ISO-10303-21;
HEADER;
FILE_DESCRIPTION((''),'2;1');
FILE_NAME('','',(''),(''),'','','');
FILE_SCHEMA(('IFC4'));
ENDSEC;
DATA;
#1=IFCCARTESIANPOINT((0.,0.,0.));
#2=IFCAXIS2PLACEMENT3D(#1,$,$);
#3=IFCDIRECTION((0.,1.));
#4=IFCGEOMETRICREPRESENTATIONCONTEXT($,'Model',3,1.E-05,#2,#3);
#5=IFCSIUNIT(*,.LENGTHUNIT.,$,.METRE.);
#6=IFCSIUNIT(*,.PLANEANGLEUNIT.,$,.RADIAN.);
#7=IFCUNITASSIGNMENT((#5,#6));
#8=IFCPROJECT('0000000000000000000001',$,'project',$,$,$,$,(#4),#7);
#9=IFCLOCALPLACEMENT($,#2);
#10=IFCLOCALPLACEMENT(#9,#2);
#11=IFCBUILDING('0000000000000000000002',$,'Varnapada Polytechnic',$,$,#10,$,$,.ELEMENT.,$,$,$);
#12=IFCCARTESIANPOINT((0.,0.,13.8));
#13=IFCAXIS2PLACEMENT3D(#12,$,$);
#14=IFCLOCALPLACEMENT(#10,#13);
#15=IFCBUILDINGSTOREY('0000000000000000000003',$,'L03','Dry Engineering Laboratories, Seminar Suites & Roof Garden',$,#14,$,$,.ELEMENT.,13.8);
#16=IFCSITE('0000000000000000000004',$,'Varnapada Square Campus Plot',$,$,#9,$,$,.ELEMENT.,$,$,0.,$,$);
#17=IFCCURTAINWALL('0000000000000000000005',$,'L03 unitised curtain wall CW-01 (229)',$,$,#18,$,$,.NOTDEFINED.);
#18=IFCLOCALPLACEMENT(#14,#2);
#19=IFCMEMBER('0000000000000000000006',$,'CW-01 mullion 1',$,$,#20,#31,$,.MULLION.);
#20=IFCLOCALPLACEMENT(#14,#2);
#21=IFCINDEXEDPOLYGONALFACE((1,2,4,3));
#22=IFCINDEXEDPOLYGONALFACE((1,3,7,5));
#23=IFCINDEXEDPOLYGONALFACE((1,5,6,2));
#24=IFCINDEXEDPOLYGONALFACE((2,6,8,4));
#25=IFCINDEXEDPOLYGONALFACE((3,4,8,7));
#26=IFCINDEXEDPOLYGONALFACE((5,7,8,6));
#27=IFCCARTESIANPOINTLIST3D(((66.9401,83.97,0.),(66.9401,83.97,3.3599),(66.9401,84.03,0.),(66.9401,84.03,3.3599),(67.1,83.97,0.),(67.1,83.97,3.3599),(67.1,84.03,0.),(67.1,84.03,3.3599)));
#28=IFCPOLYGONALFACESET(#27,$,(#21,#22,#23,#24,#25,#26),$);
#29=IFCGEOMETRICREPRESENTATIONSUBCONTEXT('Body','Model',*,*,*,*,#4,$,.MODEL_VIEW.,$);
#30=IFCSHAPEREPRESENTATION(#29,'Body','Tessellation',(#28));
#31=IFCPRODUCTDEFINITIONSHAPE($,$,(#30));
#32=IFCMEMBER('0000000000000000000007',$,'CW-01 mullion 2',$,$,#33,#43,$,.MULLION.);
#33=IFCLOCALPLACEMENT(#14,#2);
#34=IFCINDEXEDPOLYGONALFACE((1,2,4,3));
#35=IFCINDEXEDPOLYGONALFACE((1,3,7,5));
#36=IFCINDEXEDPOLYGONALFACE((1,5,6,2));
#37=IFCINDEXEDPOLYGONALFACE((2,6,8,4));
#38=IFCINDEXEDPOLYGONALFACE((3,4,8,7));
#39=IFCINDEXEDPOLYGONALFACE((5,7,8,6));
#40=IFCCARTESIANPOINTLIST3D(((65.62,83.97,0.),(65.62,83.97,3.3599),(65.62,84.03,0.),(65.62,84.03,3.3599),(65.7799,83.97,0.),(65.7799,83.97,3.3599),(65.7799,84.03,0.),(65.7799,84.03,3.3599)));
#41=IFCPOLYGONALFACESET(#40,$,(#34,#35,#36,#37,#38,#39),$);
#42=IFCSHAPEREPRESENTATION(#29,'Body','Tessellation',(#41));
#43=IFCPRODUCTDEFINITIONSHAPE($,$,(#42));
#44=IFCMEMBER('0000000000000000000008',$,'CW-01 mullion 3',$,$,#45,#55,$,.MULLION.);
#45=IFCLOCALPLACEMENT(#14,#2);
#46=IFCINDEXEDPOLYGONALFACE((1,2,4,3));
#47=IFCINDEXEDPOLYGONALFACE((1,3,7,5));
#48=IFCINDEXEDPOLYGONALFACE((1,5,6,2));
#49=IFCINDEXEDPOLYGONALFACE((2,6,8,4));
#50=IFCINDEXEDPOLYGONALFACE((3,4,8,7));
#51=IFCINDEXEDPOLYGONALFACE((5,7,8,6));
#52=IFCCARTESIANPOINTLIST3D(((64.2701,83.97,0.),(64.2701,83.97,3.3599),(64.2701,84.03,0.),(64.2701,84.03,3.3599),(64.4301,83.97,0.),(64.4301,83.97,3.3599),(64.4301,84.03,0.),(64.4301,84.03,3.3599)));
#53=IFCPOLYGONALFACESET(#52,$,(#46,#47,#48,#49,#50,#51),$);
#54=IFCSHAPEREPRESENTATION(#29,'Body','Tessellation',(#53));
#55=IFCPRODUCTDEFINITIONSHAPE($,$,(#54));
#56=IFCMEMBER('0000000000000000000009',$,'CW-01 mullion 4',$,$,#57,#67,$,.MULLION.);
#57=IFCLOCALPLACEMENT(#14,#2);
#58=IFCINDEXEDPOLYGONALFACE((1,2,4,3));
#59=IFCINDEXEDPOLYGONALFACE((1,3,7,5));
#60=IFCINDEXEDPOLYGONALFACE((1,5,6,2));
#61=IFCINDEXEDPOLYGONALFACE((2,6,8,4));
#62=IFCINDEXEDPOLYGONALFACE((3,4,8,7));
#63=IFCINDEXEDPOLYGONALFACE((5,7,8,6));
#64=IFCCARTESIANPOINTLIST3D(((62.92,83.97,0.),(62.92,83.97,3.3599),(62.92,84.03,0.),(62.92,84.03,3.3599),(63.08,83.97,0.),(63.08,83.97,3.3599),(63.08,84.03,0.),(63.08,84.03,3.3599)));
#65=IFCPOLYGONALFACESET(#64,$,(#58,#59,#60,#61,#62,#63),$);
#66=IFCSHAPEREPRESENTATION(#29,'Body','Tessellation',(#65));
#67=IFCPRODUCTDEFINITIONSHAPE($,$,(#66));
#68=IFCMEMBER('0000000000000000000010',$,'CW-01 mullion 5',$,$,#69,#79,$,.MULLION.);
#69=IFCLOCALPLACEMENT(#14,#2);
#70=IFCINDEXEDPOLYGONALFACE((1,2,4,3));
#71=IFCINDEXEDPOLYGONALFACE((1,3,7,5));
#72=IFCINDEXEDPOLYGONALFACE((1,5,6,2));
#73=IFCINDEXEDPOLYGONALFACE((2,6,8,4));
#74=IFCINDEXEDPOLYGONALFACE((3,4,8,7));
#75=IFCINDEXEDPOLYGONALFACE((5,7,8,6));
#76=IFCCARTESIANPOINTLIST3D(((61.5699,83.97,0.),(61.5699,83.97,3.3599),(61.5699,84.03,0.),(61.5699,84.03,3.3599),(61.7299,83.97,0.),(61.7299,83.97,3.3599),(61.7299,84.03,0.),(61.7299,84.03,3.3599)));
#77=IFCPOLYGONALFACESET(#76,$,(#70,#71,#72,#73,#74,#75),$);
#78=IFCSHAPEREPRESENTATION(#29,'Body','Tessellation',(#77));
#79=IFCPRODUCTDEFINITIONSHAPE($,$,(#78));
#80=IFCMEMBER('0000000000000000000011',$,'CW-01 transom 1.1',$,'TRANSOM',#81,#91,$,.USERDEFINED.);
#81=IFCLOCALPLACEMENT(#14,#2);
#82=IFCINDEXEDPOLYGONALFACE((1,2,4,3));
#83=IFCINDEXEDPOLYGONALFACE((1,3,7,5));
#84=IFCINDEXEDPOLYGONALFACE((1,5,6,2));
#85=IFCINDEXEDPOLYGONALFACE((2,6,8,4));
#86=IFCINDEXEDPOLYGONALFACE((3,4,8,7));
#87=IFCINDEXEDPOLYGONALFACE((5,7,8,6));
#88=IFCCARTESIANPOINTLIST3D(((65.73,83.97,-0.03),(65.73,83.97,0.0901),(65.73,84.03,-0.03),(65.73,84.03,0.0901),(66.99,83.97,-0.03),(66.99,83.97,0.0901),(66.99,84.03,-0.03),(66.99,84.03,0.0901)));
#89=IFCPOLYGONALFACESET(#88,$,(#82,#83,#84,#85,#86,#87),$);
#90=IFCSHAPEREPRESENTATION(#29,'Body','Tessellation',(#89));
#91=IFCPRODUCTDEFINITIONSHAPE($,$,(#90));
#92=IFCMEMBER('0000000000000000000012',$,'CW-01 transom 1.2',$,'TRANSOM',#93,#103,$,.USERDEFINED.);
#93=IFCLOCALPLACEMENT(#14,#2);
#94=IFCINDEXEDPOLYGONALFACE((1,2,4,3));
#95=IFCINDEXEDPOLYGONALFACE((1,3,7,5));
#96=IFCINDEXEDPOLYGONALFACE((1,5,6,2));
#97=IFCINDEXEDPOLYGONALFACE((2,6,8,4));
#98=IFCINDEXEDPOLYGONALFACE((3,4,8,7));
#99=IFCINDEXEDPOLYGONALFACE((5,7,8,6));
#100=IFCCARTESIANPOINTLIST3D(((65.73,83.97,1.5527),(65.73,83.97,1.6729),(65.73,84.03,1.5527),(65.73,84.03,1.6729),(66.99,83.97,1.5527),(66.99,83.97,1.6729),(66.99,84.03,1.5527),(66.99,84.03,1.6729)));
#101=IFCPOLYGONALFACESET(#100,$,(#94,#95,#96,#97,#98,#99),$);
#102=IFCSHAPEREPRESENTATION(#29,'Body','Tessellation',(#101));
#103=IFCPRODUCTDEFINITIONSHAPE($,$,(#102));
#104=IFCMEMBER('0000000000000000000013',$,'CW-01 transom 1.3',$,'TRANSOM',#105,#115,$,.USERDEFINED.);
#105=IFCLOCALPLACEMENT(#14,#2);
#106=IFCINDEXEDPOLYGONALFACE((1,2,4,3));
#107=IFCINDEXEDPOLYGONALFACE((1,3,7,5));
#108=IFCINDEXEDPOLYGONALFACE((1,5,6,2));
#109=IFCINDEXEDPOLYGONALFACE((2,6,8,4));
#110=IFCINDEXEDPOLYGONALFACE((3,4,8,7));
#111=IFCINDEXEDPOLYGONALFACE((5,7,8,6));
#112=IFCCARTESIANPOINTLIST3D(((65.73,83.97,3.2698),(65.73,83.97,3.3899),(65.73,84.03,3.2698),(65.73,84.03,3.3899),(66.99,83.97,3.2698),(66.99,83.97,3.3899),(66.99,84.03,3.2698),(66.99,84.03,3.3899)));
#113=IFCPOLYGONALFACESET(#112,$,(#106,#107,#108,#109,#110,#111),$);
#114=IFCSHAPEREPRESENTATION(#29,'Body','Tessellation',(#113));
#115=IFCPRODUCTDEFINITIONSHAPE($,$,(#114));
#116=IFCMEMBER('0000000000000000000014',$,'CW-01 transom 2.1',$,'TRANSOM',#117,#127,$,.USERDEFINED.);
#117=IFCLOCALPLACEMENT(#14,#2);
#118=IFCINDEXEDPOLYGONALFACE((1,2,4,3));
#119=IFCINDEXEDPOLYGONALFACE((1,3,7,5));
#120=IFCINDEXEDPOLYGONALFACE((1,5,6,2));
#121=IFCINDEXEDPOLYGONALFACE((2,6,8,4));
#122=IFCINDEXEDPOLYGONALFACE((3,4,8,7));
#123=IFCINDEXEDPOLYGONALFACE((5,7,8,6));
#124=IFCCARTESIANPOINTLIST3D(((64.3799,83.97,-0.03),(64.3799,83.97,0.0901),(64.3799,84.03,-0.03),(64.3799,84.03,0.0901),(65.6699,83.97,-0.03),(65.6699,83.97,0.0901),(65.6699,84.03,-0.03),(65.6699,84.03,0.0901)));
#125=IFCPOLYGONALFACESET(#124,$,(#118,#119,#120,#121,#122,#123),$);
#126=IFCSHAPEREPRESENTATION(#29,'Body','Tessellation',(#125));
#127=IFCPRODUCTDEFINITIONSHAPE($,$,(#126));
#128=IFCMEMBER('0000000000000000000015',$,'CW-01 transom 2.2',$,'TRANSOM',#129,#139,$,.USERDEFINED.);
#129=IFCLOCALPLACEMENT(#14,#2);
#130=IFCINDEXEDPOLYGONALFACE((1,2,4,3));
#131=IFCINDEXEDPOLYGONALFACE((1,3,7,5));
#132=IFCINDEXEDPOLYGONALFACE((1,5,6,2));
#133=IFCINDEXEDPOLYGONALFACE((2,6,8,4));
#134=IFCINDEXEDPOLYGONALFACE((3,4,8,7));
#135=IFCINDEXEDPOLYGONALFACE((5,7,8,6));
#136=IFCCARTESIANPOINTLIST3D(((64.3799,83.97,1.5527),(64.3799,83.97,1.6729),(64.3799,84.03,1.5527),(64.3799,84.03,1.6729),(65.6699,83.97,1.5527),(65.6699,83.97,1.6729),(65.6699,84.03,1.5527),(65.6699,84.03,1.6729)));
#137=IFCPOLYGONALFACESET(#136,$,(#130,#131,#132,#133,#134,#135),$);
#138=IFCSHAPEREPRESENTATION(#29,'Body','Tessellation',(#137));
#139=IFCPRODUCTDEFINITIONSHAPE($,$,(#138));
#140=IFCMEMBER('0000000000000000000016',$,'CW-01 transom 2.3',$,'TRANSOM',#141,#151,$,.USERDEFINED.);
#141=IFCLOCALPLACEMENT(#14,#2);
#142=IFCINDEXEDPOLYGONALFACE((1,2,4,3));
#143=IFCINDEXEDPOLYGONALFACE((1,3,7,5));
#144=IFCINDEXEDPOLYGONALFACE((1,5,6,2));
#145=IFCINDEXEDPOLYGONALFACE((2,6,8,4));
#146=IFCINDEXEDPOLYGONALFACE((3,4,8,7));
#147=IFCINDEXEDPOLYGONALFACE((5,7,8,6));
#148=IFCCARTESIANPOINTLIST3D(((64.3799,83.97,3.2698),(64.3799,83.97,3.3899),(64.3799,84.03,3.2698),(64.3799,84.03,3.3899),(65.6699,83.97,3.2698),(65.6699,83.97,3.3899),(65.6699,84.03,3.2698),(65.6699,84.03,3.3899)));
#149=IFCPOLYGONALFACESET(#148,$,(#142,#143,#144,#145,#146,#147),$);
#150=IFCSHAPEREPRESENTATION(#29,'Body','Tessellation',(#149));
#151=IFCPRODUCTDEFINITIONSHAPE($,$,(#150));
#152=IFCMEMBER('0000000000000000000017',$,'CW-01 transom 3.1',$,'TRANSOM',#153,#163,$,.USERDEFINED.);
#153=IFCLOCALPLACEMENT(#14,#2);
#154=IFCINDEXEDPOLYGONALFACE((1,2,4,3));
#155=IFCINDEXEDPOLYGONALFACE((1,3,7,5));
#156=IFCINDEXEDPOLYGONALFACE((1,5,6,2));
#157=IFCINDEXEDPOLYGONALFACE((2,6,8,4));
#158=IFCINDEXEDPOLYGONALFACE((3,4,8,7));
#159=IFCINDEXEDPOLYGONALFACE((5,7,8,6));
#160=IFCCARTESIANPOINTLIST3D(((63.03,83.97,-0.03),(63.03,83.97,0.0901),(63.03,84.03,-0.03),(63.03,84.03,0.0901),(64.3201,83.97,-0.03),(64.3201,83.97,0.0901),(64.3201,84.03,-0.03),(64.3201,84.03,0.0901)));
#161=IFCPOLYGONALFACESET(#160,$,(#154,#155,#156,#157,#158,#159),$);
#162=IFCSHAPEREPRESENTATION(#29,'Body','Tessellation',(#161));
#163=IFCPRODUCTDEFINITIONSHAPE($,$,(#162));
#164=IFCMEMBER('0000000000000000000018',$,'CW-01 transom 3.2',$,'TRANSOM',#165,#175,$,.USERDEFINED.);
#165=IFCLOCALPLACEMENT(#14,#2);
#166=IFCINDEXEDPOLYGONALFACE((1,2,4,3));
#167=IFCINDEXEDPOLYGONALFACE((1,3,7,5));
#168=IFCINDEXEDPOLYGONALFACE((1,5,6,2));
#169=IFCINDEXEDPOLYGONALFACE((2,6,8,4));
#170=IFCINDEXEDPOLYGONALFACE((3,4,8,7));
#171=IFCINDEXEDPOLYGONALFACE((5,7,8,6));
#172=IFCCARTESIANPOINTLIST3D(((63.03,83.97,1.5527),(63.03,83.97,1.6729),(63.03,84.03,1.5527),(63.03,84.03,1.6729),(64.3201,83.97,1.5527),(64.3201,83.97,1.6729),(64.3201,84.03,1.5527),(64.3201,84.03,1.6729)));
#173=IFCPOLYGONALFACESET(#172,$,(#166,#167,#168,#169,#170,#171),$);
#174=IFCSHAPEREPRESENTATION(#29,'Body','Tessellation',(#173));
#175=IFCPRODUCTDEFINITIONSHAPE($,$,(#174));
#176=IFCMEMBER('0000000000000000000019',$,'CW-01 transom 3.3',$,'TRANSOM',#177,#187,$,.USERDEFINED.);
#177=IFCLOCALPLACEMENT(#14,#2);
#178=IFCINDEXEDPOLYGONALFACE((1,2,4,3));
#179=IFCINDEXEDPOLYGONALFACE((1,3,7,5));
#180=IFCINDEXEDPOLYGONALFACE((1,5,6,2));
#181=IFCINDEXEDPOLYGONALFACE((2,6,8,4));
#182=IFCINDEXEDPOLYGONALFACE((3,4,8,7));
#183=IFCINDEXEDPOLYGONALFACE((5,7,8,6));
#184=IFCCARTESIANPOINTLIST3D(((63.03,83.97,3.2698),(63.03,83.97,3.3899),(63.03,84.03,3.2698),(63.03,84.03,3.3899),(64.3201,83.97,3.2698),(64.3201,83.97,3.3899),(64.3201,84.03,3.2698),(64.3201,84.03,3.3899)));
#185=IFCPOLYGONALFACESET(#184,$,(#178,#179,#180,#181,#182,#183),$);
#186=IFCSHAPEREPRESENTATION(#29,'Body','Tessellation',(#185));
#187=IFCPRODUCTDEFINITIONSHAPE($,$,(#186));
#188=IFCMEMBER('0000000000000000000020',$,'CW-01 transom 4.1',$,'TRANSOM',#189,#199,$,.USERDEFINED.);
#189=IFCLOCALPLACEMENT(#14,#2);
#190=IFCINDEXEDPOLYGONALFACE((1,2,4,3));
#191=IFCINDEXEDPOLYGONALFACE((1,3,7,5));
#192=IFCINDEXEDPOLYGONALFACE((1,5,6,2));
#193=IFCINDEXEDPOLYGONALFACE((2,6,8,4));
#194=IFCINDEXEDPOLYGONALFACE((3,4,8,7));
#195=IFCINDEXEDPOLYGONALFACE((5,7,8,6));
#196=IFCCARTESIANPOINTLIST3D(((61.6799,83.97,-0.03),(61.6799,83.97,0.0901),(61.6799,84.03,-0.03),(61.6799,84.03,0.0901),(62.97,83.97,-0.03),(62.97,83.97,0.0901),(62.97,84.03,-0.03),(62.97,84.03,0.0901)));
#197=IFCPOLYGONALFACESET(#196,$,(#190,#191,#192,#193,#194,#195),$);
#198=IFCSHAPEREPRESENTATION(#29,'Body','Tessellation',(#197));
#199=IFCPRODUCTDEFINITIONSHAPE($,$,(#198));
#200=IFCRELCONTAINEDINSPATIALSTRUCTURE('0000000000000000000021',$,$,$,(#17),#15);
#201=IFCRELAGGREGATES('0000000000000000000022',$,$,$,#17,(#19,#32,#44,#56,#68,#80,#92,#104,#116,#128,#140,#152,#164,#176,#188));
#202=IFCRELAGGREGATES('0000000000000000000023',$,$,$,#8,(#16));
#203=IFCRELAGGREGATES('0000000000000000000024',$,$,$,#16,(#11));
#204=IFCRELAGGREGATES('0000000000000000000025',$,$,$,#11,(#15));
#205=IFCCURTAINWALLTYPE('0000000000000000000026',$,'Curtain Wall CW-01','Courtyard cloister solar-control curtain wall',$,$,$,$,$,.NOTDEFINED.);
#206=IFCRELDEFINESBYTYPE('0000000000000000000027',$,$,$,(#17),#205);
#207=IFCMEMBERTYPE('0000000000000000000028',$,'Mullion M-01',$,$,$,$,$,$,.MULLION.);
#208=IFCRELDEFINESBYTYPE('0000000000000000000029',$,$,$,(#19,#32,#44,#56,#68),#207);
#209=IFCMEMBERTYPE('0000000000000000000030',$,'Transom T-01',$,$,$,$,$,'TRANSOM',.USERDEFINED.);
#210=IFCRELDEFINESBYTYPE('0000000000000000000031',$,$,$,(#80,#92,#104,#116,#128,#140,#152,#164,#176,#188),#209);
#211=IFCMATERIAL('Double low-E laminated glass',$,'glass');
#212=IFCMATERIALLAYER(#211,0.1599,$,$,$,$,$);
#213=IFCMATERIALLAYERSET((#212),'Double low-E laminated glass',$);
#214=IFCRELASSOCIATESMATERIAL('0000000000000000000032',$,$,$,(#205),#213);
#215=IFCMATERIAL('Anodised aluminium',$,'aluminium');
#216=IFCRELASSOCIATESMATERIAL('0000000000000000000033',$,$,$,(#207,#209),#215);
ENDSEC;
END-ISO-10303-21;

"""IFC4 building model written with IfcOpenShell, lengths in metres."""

from ifc_helpers import new_model, si_unit, direction, frame, origin, origin_2d, place, context, subcontext, project, spatial, rectangle, extrude, material, layer, layer_set, material_profile, profile_set, type_object, element, aggregate, save


model = new_model("IFC4")

# Units and contexts
model_context = context("Model", 3, precision=1e-05, world=origin(), true_north=direction((0.0, 1.0)))
body_context = subcontext(model_context, "Body", "Model", "MODEL_VIEW")
ifc_project = project(units=[si_unit("LENGTHUNIT", "METRE"), si_unit("PLANEANGLEUNIT", "RADIAN")], contexts=[model_context])

# Site, building, storey
site_placement = place(None, origin())
site = spatial("IfcSite", under=ifc_project, at=site_placement, Name="Varnapada Square Campus Plot", CompositionType="ELEMENT", RefElevation=0.0)
building_placement = place(site_placement, origin())
building = spatial("IfcBuilding", under=site, at=building_placement, Name="Varnapada Polytechnic", CompositionType="ELEMENT")
storey_placement = place(building_placement, frame((0.0, 0.0, 13.8)))
storey = spatial("IfcBuildingStorey", under=building, at=storey_placement, Name="L03", Description="Dry Engineering Laboratories, Seminar Suites & Roof Garden", CompositionType="ELEMENT", Elevation=13.8)

# Curtain wall, members
ifc_material_1 = material(Name="Double low-E laminated glass", Category="glass")
ifc_layer_1 = layer(ifc_material_1, 0.1599)
ifc_layer_set_1 = layer_set([ifc_layer_1], Name="Double low-E laminated glass")
curtain_wall_type = type_object("IfcCurtainWallType", Name="Curtain Wall CW-01", Description="Courtyard cloister solar-control curtain wall", PredefinedType="NOTDEFINED", material=ifc_layer_set_1)
curtain_wall_placement = place(storey_placement, origin())
curtain_wall = element("IfcCurtainWall", 1, at=curtain_wall_placement, inside=storey, type_object=curtain_wall_type, Name="L03 unitised curtain wall CW-01 (229)", PredefinedType="NOTDEFINED")
ifc_material_2 = material(Name="Anodised aluminium", Category="aluminium")
ifc_material_profile_1 = material_profile(ifc_material_2, rectangle(XDim=0.0601, YDim=0.1599, at=origin_2d()), Name="ALU M60x160")
ifc_profile_set_1 = profile_set([ifc_material_profile_1], Name="Anodised aluminium")
member_type_1 = type_object("IfcMemberType", Name="Mullion M-01", PredefinedType="MULLION", material=ifc_profile_set_1)
member_1_placement = place(storey_placement, frame((67.02, 84.0, 0.0), z_axis=(0.0, 0.0, 1.0), x_axis=(0.0, -1.0, 0.0)))
member_1 = element("IfcMember", 2, at=member_1_placement, type_object=member_type_1, Name="CW-01 mullion 1", PredefinedType="MULLION", context=body_context, shape_type="SweptSolid", body=[
    extrude(rectangle(XDim=0.0601, YDim=0.1599, at=origin_2d()), origin(), (0.0, 0.0, 1.0), 3.3599),
])
member_2_placement = place(storey_placement, frame((65.7, 84.0, 0.0), z_axis=(0.0, 0.0, 1.0), x_axis=(0.0, -1.0, 0.0)))
member_2 = element("IfcMember", 3, at=member_2_placement, type_object=member_type_1, Name="CW-01 mullion 2", PredefinedType="MULLION", context=body_context, shape_type="SweptSolid", body=[
    extrude(rectangle(XDim=0.0601, YDim=0.1599, at=origin_2d()), origin(), (0.0, 0.0, 1.0), 3.3599),
])
member_3_placement = place(storey_placement, frame((64.3501, 84.0, 0.0), z_axis=(0.0, 0.0, 1.0), x_axis=(0.0, -1.0, 0.0)))
member_3 = element("IfcMember", 4, at=member_3_placement, type_object=member_type_1, Name="CW-01 mullion 3", PredefinedType="MULLION", context=body_context, shape_type="SweptSolid", body=[
    extrude(rectangle(XDim=0.0601, YDim=0.1599, at=origin_2d()), origin(), (0.0, 0.0, 1.0), 3.3599),
])
member_4_placement = place(storey_placement, frame((63.0, 84.0, 0.0), z_axis=(0.0, 0.0, 1.0), x_axis=(0.0, -1.0, 0.0)))
member_4 = element("IfcMember", 5, at=member_4_placement, type_object=member_type_1, Name="CW-01 mullion 4", PredefinedType="MULLION", context=body_context, shape_type="SweptSolid", body=[
    extrude(rectangle(XDim=0.0601, YDim=0.1599, at=origin_2d()), origin(), (0.0, 0.0, 1.0), 3.3599),
])
member_5_placement = place(storey_placement, frame((61.6499, 84.0, 0.0), z_axis=(0.0, 0.0, 1.0), x_axis=(0.0, -1.0, 0.0)))
member_5 = element("IfcMember", 6, at=member_5_placement, type_object=member_type_1, Name="CW-01 mullion 5", PredefinedType="MULLION", context=body_context, shape_type="SweptSolid", body=[
    extrude(rectangle(XDim=0.0601, YDim=0.1599, at=origin_2d()), origin(), (0.0, 0.0, 1.0), 3.3599),
])
ifc_material_profile_2 = material_profile(ifc_material_2, rectangle(XDim=0.0601, YDim=0.1201, at=origin_2d()), Name="ALU T60x120")
ifc_profile_set_2 = profile_set([ifc_material_profile_2], Name="Anodised aluminium")
member_type_2 = type_object("IfcMemberType", Name="Transom T-01", ElementType="TRANSOM", PredefinedType="USERDEFINED", material=ifc_profile_set_2)
member_6_placement = place(storey_placement, frame((66.99, 84.0, 0.03), z_axis=(-1.0, 0.0, 0.0), x_axis=(0.0, -1.0, 0.0)))
member_6 = element("IfcMember", 7, at=member_6_placement, type_object=member_type_2, Name="CW-01 transom 1.1", ObjectType="TRANSOM", PredefinedType="USERDEFINED", context=body_context, shape_type="SweptSolid", body=[
    extrude(rectangle(XDim=0.0601, YDim=0.1201, at=origin_2d()), origin(), (0.0, 0.0, 1.0), 1.26),
])
member_7_placement = place(storey_placement, frame((66.99, 84.0, 1.6128), z_axis=(-1.0, 0.0, 0.0), x_axis=(0.0, -1.0, 0.0)))
member_7 = element("IfcMember", 8, at=member_7_placement, type_object=member_type_2, Name="CW-01 transom 1.2", ObjectType="TRANSOM", PredefinedType="USERDEFINED", context=body_context, shape_type="SweptSolid", body=[
    extrude(rectangle(XDim=0.0601, YDim=0.1201, at=origin_2d()), origin(), (0.0, 0.0, 1.0), 1.26),
])
member_8_placement = place(storey_placement, frame((66.99, 84.0, 3.3298), z_axis=(-1.0, 0.0, 0.0), x_axis=(0.0, -1.0, 0.0)))
member_8 = element("IfcMember", 9, at=member_8_placement, type_object=member_type_2, Name="CW-01 transom 1.3", ObjectType="TRANSOM", PredefinedType="USERDEFINED", context=body_context, shape_type="SweptSolid", body=[
    extrude(rectangle(XDim=0.0601, YDim=0.1201, at=origin_2d()), origin(), (0.0, 0.0, 1.0), 1.26),
])
member_9_placement = place(storey_placement, frame((65.6699, 84.0, 0.03), z_axis=(-1.0, 0.0, 0.0), x_axis=(0.0, -1.0, 0.0)))
member_9 = element("IfcMember", 10, at=member_9_placement, type_object=member_type_2, Name="CW-01 transom 2.1", ObjectType="TRANSOM", PredefinedType="USERDEFINED", context=body_context, shape_type="SweptSolid", body=[
    extrude(rectangle(XDim=0.0601, YDim=0.1201, at=origin_2d()), origin(), (0.0, 0.0, 1.0), 1.29),
])
member_10_placement = place(storey_placement, frame((65.6699, 84.0, 1.6128), z_axis=(-1.0, 0.0, 0.0), x_axis=(0.0, -1.0, 0.0)))
member_10 = element("IfcMember", 11, at=member_10_placement, type_object=member_type_2, Name="CW-01 transom 2.2", ObjectType="TRANSOM", PredefinedType="USERDEFINED", context=body_context, shape_type="SweptSolid", body=[
    extrude(rectangle(XDim=0.0601, YDim=0.1201, at=origin_2d()), origin(), (0.0, 0.0, 1.0), 1.29),
])
member_11_placement = place(storey_placement, frame((65.6699, 84.0, 3.3298), z_axis=(-1.0, 0.0, 0.0), x_axis=(0.0, -1.0, 0.0)))
member_11 = element("IfcMember", 12, at=member_11_placement, type_object=member_type_2, Name="CW-01 transom 2.3", ObjectType="TRANSOM", PredefinedType="USERDEFINED", context=body_context, shape_type="SweptSolid", body=[
    extrude(rectangle(XDim=0.0601, YDim=0.1201, at=origin_2d()), origin(), (0.0, 0.0, 1.0), 1.29),
])
member_12_placement = place(storey_placement, frame((64.3201, 84.0, 0.03), z_axis=(-1.0, 0.0, 0.0), x_axis=(0.0, -1.0, 0.0)))
member_12 = element("IfcMember", 13, at=member_12_placement, type_object=member_type_2, Name="CW-01 transom 3.1", ObjectType="TRANSOM", PredefinedType="USERDEFINED", context=body_context, shape_type="SweptSolid", body=[
    extrude(rectangle(XDim=0.0601, YDim=0.1201, at=origin_2d()), origin(), (0.0, 0.0, 1.0), 1.29),
])
member_13_placement = place(storey_placement, frame((64.3201, 84.0, 1.6128), z_axis=(-1.0, 0.0, 0.0), x_axis=(0.0, -1.0, 0.0)))
member_13 = element("IfcMember", 14, at=member_13_placement, type_object=member_type_2, Name="CW-01 transom 3.2", ObjectType="TRANSOM", PredefinedType="USERDEFINED", context=body_context, shape_type="SweptSolid", body=[
    extrude(rectangle(XDim=0.0601, YDim=0.1201, at=origin_2d()), origin(), (0.0, 0.0, 1.0), 1.29),
])
member_14_placement = place(storey_placement, frame((64.3201, 84.0, 3.3298), z_axis=(-1.0, 0.0, 0.0), x_axis=(0.0, -1.0, 0.0)))
member_14 = element("IfcMember", 15, at=member_14_placement, type_object=member_type_2, Name="CW-01 transom 3.3", ObjectType="TRANSOM", PredefinedType="USERDEFINED", context=body_context, shape_type="SweptSolid", body=[
    extrude(rectangle(XDim=0.0601, YDim=0.1201, at=origin_2d()), origin(), (0.0, 0.0, 1.0), 1.29),
])
member_15_placement = place(storey_placement, frame((62.97, 84.0, 0.03), z_axis=(-1.0, 0.0, 0.0), x_axis=(0.0, -1.0, 0.0)))
member_15 = element("IfcMember", 16, at=member_15_placement, type_object=member_type_2, Name="CW-01 transom 4.1", ObjectType="TRANSOM", PredefinedType="USERDEFINED", context=body_context, shape_type="SweptSolid", body=[
    extrude(rectangle(XDim=0.0601, YDim=0.1201, at=origin_2d()), origin(), (0.0, 0.0, 1.0), 1.29),
])
aggregate(curtain_wall, [member_1, member_2, member_3, member_4, member_5, member_6, member_7, member_8, member_9, member_10, member_11, member_12, member_13, member_14, member_15])

save(model, "model.ifc")
